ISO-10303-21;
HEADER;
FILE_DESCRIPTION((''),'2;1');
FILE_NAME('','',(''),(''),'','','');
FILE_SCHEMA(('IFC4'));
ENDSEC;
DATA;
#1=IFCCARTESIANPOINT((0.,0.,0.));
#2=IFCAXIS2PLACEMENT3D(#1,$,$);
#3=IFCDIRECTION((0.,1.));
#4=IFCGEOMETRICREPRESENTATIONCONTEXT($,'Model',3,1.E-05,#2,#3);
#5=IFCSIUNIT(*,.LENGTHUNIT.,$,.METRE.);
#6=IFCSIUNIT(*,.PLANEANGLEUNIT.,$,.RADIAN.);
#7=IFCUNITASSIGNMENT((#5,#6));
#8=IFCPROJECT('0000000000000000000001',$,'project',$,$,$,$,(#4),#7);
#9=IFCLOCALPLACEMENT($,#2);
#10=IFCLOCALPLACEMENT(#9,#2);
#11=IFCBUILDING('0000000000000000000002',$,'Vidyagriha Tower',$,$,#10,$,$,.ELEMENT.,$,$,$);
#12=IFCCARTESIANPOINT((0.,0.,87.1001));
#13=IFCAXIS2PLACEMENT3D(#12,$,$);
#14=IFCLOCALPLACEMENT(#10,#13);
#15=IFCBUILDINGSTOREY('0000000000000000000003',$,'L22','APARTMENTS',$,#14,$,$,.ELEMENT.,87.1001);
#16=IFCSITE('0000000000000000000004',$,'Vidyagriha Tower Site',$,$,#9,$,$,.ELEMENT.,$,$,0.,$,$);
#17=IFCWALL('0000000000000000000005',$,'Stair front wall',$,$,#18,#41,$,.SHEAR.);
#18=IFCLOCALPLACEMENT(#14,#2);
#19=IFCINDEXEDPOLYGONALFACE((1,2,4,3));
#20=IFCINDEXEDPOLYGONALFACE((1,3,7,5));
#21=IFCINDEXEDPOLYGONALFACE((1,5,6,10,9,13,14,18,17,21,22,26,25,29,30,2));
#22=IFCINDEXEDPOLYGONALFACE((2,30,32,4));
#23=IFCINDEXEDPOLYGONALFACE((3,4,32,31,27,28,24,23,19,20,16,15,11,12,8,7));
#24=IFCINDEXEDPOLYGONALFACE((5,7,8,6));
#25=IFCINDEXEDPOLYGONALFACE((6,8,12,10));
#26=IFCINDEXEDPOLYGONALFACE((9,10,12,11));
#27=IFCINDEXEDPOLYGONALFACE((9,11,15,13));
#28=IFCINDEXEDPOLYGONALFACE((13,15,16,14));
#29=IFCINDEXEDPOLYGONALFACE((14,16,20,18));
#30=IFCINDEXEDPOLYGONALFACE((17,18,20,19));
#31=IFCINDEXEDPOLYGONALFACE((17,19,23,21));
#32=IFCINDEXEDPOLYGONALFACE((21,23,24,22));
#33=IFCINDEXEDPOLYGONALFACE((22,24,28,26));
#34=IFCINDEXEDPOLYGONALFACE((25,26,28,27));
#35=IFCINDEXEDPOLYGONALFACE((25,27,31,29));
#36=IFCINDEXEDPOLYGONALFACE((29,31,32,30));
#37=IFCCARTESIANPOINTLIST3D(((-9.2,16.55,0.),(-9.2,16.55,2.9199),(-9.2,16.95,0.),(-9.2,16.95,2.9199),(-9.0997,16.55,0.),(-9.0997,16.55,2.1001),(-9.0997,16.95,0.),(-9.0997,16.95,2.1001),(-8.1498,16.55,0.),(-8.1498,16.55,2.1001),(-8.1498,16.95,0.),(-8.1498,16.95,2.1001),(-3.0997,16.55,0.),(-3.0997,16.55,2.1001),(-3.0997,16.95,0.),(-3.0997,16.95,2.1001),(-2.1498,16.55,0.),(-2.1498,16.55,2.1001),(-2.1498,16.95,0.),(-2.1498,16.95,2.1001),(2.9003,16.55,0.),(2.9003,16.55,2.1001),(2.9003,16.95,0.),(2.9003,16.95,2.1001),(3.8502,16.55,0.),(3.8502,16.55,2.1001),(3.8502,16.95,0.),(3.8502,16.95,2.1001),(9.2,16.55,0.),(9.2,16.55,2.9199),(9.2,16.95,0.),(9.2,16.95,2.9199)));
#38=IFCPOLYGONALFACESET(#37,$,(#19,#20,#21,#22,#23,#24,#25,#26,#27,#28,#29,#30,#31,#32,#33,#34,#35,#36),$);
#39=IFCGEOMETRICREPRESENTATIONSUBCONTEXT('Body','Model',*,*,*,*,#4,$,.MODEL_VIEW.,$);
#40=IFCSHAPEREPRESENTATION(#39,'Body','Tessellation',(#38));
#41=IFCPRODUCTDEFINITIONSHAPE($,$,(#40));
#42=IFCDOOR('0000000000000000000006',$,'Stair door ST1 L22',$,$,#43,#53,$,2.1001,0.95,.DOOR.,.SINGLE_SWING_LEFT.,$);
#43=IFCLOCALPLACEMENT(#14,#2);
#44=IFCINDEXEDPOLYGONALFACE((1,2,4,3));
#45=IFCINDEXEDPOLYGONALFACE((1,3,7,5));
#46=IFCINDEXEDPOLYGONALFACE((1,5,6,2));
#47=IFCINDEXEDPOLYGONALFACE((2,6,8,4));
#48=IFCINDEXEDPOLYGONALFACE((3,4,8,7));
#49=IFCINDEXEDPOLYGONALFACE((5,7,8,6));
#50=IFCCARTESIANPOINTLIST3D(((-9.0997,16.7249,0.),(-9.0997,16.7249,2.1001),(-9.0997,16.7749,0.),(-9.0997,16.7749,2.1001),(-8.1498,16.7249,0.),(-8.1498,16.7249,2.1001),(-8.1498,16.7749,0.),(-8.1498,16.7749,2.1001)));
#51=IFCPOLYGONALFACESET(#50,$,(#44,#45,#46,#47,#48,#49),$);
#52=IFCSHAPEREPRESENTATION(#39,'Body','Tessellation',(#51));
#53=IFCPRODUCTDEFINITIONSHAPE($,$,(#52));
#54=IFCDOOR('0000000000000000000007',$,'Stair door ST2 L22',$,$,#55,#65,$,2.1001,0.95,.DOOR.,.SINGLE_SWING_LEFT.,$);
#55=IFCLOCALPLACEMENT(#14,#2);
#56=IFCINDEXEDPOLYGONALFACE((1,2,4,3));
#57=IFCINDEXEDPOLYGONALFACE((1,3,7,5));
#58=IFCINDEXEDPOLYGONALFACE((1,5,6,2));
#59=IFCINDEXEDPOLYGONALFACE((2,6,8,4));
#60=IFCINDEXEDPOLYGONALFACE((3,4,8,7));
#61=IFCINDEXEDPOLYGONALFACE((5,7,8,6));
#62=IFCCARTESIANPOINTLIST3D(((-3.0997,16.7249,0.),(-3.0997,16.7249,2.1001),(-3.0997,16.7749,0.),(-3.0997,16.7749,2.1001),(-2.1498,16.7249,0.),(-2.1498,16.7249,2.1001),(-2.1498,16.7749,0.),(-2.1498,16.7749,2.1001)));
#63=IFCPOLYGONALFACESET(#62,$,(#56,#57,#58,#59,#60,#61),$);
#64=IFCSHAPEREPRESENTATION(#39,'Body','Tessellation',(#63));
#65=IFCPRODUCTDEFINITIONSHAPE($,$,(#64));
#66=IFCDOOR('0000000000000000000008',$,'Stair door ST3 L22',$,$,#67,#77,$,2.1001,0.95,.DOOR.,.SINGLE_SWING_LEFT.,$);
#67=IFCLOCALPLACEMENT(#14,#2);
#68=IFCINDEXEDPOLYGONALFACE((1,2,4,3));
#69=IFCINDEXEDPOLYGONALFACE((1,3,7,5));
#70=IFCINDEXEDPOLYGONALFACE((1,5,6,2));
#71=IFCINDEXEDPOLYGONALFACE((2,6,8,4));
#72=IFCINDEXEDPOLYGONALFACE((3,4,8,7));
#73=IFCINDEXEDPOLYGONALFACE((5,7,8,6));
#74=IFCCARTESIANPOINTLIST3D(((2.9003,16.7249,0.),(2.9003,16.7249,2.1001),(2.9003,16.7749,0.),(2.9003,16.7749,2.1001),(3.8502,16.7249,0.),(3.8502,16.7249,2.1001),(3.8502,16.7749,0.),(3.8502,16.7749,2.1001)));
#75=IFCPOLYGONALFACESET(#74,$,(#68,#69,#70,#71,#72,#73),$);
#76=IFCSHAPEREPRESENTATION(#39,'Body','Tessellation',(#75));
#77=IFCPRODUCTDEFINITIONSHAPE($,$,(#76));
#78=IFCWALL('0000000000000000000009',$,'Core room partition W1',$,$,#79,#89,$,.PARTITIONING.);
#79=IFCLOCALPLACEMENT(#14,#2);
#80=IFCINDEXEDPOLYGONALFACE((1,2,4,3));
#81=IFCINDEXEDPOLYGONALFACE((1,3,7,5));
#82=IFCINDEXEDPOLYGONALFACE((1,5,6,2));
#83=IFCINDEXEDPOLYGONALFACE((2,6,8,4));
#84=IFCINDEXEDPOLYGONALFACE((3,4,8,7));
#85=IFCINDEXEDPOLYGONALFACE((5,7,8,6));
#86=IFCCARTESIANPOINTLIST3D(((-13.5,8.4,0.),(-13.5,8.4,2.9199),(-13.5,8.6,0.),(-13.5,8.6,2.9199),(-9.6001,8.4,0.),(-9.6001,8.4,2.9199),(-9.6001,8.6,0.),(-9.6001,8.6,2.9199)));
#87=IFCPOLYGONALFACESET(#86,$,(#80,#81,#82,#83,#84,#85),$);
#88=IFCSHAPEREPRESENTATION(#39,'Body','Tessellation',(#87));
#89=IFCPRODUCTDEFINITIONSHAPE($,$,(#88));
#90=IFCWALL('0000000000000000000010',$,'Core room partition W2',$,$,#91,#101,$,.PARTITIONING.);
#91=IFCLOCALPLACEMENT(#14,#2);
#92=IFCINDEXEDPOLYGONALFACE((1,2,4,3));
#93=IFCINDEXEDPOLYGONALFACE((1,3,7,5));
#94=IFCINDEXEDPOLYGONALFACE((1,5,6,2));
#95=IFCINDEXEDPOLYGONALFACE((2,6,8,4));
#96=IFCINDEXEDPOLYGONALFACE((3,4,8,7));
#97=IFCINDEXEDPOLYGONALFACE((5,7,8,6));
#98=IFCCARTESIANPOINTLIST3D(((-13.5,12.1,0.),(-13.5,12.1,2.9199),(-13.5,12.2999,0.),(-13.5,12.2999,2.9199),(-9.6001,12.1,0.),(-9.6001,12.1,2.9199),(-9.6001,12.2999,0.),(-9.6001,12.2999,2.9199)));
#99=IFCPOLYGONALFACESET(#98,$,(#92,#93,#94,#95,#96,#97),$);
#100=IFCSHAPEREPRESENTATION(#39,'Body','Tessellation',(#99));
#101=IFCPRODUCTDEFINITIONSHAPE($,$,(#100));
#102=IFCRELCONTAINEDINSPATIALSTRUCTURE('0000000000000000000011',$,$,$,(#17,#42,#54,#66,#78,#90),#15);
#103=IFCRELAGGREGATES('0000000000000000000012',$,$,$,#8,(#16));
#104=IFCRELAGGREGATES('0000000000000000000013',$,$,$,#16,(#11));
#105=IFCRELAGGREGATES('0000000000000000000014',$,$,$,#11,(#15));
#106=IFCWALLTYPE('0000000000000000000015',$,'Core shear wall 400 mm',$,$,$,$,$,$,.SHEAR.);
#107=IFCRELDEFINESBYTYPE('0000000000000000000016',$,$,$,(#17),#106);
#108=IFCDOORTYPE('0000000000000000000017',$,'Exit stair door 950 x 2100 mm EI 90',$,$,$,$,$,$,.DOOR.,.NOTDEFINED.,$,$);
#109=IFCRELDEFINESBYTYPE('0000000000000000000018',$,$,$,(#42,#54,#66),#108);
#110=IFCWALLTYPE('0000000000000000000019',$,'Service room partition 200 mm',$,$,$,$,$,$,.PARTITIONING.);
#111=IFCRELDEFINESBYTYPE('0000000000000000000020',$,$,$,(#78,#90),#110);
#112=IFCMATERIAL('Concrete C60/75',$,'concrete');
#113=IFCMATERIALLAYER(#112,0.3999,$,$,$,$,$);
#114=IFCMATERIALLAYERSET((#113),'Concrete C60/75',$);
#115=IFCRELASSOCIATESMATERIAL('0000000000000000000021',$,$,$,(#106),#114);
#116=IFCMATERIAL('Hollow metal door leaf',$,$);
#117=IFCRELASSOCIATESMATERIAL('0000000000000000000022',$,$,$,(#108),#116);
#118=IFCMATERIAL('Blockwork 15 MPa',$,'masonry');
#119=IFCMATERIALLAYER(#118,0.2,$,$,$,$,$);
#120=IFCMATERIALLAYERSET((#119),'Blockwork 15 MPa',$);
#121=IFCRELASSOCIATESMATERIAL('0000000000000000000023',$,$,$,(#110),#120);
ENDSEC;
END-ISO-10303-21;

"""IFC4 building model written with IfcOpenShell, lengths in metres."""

from ifc_helpers import new_model, si_unit, direction, frame, frame_2d, origin, place, context, subcontext, project, spatial, rectangle, extrude, material, layer, layer_set, type_object, element, fill, save


model = new_model("IFC4")

# Units and contexts
model_context = context("Model", 3, precision=1e-05, world=origin(), true_north=direction((0.0, 1.0)))
body_context = subcontext(model_context, "Body", "Model", "MODEL_VIEW")
ifc_project = project(units=[si_unit("LENGTHUNIT", "METRE"), si_unit("PLANEANGLEUNIT", "RADIAN")], contexts=[model_context])

# Site, building, storey
site_placement = place(None, origin())
site = spatial("IfcSite", under=ifc_project, at=site_placement, Name="Vidyagriha Tower Site", CompositionType="ELEMENT", RefElevation=0.0)
building_placement = place(site_placement, origin())
building = spatial("IfcBuilding", under=site, at=building_placement, Name="Vidyagriha Tower", CompositionType="ELEMENT")
storey_placement = place(building_placement, frame((0.0, 0.0, 87.1001)))
storey = spatial("IfcBuildingStorey", under=building, at=storey_placement, Name="L22", Description="APARTMENTS", CompositionType="ELEMENT", Elevation=87.1001)

# Shared definitions
ifc_material_1 = material(Name="Concrete C60/75", Category="concrete")
ifc_layer_1 = layer(ifc_material_1, 0.3999)
ifc_layer_set_1 = layer_set([ifc_layer_1], Name="Concrete C60/75")
wall_type_1 = type_object("IfcWallType", Name="Core shear wall 400 mm", PredefinedType="SHEAR", material=ifc_layer_set_1)

# Wall, openings, doors
wall_1_placement = place(storey_placement, frame((-9.2, 16.75, 0.0)))
wall_1 = element("IfcWall", 1, at=wall_1_placement, inside=storey, type_object=wall_type_1, Name="Stair front wall", PredefinedType="SHEAR", context=body_context, shape_type="SweptSolid", body=[
    extrude(rectangle(XDim=18.3999, YDim=0.3999, at=frame_2d((9.2, 0.0))), origin(), (0.0, 0.0, 1.0), 2.9199),
])
opening_1_placement = place(wall_1_placement, frame((0.1001, 0.0, 0.0)))
opening_1 = element("IfcOpeningElement", 2, at=opening_1_placement, cuts=wall_1, PredefinedType="OPENING", context=body_context, shape_type="SweptSolid", body=[
    extrude(rectangle(XDim=0.95, YDim=2.1001, at=frame_2d((0.4751, 1.05))), frame((0.0, 0.21, 0.0), z_axis=(0.0, -1.0, 0.0), x_axis=(1.0, 0.0, 0.0)), (0.0, 0.0, 1.0), 0.4199),
])
opening_2_placement = place(wall_1_placement, frame((6.1001, 0.0, 0.0)))
opening_2 = element("IfcOpeningElement", 3, at=opening_2_placement, cuts=wall_1, PredefinedType="OPENING", context=body_context, shape_type="SweptSolid", body=[
    extrude(rectangle(XDim=0.95, YDim=2.1001, at=frame_2d((0.4751, 1.05))), frame((0.0, 0.21, 0.0), z_axis=(0.0, -1.0, 0.0), x_axis=(1.0, 0.0, 0.0)), (0.0, 0.0, 1.0), 0.4199),
])
opening_3_placement = place(wall_1_placement, frame((12.1001, 0.0, 0.0)))
opening_3 = element("IfcOpeningElement", 4, at=opening_3_placement, cuts=wall_1, PredefinedType="OPENING", context=body_context, shape_type="SweptSolid", body=[
    extrude(rectangle(XDim=0.95, YDim=2.1001, at=frame_2d((0.4751, 1.05))), frame((0.0, 0.21, 0.0), z_axis=(0.0, -1.0, 0.0), x_axis=(1.0, 0.0, 0.0)), (0.0, 0.0, 1.0), 0.4199),
])
ifc_material_2 = material(Name="Hollow metal door leaf")
door_type_1 = type_object("IfcDoorType", Name="Exit stair door 950 x 2100 mm EI 90", OperationType="NOTDEFINED", PredefinedType="DOOR", material=ifc_material_2)
door_1_placement = place(opening_1_placement, origin())
door_1 = element("IfcDoor", 5, at=door_1_placement, inside=storey, type_object=door_type_1, Name="Stair door ST1 L22", OperationType="SINGLE_SWING_LEFT", OverallHeight=2.1001, OverallWidth=0.95, PredefinedType="DOOR", context=body_context, shape_type="SweptSolid", body=[
    extrude(rectangle(XDim=0.95, YDim=2.1001, at=frame_2d((0.4751, 1.05))), frame((0.0, 0.0249, 0.0), z_axis=(0.0, -1.0, 0.0), x_axis=(1.0, 0.0, 0.0)), (0.0, 0.0, 1.0), 0.05),
])
fill(opening_1, door_1)
door_2_placement = place(opening_2_placement, origin())
door_2 = element("IfcDoor", 6, at=door_2_placement, inside=storey, type_object=door_type_1, Name="Stair door ST2 L22", OperationType="SINGLE_SWING_LEFT", OverallHeight=2.1001, OverallWidth=0.95, PredefinedType="DOOR", context=body_context, shape_type="SweptSolid", body=[
    extrude(rectangle(XDim=0.95, YDim=2.1001, at=frame_2d((0.4751, 1.05))), frame((0.0, 0.0249, 0.0), z_axis=(0.0, -1.0, 0.0), x_axis=(1.0, 0.0, 0.0)), (0.0, 0.0, 1.0), 0.05),
])
fill(opening_2, door_2)
door_3_placement = place(opening_3_placement, origin())
door_3 = element("IfcDoor", 7, at=door_3_placement, inside=storey, type_object=door_type_1, Name="Stair door ST3 L22", OperationType="SINGLE_SWING_LEFT", OverallHeight=2.1001, OverallWidth=0.95, PredefinedType="DOOR", context=body_context, shape_type="SweptSolid", body=[
    extrude(rectangle(XDim=0.95, YDim=2.1001, at=frame_2d((0.4751, 1.05))), frame((0.0, 0.0249, 0.0), z_axis=(0.0, -1.0, 0.0), x_axis=(1.0, 0.0, 0.0)), (0.0, 0.0, 1.0), 0.05),
])
fill(opening_3, door_3)

# Walls
ifc_material_3 = material(Name="Blockwork 15 MPa", Category="masonry")
ifc_layer_2 = layer(ifc_material_3, 0.2)
ifc_layer_set_2 = layer_set([ifc_layer_2], Name="Blockwork 15 MPa")
wall_type_2 = type_object("IfcWallType", Name="Service room partition 200 mm", PredefinedType="PARTITIONING", material=ifc_layer_set_2)
for number, where, name in (
    (8, (-13.5, 8.5, 0.0), "Core room partition W1"),
    (9, (-13.5, 12.2, 0.0), "Core room partition W2"),
):
    element("IfcWall", number, at=place(storey_placement, frame(where)), inside=storey, type_object=wall_type_2, Name=name, PredefinedType="PARTITIONING", context=body_context, shape_type="SweptSolid", body=[
        extrude(rectangle(XDim=3.8999, YDim=0.2, at=frame_2d((1.95, 0.0))), origin(), (0.0, 0.0, 1.0), 2.9199),
    ])

save(model, "model.ifc")
